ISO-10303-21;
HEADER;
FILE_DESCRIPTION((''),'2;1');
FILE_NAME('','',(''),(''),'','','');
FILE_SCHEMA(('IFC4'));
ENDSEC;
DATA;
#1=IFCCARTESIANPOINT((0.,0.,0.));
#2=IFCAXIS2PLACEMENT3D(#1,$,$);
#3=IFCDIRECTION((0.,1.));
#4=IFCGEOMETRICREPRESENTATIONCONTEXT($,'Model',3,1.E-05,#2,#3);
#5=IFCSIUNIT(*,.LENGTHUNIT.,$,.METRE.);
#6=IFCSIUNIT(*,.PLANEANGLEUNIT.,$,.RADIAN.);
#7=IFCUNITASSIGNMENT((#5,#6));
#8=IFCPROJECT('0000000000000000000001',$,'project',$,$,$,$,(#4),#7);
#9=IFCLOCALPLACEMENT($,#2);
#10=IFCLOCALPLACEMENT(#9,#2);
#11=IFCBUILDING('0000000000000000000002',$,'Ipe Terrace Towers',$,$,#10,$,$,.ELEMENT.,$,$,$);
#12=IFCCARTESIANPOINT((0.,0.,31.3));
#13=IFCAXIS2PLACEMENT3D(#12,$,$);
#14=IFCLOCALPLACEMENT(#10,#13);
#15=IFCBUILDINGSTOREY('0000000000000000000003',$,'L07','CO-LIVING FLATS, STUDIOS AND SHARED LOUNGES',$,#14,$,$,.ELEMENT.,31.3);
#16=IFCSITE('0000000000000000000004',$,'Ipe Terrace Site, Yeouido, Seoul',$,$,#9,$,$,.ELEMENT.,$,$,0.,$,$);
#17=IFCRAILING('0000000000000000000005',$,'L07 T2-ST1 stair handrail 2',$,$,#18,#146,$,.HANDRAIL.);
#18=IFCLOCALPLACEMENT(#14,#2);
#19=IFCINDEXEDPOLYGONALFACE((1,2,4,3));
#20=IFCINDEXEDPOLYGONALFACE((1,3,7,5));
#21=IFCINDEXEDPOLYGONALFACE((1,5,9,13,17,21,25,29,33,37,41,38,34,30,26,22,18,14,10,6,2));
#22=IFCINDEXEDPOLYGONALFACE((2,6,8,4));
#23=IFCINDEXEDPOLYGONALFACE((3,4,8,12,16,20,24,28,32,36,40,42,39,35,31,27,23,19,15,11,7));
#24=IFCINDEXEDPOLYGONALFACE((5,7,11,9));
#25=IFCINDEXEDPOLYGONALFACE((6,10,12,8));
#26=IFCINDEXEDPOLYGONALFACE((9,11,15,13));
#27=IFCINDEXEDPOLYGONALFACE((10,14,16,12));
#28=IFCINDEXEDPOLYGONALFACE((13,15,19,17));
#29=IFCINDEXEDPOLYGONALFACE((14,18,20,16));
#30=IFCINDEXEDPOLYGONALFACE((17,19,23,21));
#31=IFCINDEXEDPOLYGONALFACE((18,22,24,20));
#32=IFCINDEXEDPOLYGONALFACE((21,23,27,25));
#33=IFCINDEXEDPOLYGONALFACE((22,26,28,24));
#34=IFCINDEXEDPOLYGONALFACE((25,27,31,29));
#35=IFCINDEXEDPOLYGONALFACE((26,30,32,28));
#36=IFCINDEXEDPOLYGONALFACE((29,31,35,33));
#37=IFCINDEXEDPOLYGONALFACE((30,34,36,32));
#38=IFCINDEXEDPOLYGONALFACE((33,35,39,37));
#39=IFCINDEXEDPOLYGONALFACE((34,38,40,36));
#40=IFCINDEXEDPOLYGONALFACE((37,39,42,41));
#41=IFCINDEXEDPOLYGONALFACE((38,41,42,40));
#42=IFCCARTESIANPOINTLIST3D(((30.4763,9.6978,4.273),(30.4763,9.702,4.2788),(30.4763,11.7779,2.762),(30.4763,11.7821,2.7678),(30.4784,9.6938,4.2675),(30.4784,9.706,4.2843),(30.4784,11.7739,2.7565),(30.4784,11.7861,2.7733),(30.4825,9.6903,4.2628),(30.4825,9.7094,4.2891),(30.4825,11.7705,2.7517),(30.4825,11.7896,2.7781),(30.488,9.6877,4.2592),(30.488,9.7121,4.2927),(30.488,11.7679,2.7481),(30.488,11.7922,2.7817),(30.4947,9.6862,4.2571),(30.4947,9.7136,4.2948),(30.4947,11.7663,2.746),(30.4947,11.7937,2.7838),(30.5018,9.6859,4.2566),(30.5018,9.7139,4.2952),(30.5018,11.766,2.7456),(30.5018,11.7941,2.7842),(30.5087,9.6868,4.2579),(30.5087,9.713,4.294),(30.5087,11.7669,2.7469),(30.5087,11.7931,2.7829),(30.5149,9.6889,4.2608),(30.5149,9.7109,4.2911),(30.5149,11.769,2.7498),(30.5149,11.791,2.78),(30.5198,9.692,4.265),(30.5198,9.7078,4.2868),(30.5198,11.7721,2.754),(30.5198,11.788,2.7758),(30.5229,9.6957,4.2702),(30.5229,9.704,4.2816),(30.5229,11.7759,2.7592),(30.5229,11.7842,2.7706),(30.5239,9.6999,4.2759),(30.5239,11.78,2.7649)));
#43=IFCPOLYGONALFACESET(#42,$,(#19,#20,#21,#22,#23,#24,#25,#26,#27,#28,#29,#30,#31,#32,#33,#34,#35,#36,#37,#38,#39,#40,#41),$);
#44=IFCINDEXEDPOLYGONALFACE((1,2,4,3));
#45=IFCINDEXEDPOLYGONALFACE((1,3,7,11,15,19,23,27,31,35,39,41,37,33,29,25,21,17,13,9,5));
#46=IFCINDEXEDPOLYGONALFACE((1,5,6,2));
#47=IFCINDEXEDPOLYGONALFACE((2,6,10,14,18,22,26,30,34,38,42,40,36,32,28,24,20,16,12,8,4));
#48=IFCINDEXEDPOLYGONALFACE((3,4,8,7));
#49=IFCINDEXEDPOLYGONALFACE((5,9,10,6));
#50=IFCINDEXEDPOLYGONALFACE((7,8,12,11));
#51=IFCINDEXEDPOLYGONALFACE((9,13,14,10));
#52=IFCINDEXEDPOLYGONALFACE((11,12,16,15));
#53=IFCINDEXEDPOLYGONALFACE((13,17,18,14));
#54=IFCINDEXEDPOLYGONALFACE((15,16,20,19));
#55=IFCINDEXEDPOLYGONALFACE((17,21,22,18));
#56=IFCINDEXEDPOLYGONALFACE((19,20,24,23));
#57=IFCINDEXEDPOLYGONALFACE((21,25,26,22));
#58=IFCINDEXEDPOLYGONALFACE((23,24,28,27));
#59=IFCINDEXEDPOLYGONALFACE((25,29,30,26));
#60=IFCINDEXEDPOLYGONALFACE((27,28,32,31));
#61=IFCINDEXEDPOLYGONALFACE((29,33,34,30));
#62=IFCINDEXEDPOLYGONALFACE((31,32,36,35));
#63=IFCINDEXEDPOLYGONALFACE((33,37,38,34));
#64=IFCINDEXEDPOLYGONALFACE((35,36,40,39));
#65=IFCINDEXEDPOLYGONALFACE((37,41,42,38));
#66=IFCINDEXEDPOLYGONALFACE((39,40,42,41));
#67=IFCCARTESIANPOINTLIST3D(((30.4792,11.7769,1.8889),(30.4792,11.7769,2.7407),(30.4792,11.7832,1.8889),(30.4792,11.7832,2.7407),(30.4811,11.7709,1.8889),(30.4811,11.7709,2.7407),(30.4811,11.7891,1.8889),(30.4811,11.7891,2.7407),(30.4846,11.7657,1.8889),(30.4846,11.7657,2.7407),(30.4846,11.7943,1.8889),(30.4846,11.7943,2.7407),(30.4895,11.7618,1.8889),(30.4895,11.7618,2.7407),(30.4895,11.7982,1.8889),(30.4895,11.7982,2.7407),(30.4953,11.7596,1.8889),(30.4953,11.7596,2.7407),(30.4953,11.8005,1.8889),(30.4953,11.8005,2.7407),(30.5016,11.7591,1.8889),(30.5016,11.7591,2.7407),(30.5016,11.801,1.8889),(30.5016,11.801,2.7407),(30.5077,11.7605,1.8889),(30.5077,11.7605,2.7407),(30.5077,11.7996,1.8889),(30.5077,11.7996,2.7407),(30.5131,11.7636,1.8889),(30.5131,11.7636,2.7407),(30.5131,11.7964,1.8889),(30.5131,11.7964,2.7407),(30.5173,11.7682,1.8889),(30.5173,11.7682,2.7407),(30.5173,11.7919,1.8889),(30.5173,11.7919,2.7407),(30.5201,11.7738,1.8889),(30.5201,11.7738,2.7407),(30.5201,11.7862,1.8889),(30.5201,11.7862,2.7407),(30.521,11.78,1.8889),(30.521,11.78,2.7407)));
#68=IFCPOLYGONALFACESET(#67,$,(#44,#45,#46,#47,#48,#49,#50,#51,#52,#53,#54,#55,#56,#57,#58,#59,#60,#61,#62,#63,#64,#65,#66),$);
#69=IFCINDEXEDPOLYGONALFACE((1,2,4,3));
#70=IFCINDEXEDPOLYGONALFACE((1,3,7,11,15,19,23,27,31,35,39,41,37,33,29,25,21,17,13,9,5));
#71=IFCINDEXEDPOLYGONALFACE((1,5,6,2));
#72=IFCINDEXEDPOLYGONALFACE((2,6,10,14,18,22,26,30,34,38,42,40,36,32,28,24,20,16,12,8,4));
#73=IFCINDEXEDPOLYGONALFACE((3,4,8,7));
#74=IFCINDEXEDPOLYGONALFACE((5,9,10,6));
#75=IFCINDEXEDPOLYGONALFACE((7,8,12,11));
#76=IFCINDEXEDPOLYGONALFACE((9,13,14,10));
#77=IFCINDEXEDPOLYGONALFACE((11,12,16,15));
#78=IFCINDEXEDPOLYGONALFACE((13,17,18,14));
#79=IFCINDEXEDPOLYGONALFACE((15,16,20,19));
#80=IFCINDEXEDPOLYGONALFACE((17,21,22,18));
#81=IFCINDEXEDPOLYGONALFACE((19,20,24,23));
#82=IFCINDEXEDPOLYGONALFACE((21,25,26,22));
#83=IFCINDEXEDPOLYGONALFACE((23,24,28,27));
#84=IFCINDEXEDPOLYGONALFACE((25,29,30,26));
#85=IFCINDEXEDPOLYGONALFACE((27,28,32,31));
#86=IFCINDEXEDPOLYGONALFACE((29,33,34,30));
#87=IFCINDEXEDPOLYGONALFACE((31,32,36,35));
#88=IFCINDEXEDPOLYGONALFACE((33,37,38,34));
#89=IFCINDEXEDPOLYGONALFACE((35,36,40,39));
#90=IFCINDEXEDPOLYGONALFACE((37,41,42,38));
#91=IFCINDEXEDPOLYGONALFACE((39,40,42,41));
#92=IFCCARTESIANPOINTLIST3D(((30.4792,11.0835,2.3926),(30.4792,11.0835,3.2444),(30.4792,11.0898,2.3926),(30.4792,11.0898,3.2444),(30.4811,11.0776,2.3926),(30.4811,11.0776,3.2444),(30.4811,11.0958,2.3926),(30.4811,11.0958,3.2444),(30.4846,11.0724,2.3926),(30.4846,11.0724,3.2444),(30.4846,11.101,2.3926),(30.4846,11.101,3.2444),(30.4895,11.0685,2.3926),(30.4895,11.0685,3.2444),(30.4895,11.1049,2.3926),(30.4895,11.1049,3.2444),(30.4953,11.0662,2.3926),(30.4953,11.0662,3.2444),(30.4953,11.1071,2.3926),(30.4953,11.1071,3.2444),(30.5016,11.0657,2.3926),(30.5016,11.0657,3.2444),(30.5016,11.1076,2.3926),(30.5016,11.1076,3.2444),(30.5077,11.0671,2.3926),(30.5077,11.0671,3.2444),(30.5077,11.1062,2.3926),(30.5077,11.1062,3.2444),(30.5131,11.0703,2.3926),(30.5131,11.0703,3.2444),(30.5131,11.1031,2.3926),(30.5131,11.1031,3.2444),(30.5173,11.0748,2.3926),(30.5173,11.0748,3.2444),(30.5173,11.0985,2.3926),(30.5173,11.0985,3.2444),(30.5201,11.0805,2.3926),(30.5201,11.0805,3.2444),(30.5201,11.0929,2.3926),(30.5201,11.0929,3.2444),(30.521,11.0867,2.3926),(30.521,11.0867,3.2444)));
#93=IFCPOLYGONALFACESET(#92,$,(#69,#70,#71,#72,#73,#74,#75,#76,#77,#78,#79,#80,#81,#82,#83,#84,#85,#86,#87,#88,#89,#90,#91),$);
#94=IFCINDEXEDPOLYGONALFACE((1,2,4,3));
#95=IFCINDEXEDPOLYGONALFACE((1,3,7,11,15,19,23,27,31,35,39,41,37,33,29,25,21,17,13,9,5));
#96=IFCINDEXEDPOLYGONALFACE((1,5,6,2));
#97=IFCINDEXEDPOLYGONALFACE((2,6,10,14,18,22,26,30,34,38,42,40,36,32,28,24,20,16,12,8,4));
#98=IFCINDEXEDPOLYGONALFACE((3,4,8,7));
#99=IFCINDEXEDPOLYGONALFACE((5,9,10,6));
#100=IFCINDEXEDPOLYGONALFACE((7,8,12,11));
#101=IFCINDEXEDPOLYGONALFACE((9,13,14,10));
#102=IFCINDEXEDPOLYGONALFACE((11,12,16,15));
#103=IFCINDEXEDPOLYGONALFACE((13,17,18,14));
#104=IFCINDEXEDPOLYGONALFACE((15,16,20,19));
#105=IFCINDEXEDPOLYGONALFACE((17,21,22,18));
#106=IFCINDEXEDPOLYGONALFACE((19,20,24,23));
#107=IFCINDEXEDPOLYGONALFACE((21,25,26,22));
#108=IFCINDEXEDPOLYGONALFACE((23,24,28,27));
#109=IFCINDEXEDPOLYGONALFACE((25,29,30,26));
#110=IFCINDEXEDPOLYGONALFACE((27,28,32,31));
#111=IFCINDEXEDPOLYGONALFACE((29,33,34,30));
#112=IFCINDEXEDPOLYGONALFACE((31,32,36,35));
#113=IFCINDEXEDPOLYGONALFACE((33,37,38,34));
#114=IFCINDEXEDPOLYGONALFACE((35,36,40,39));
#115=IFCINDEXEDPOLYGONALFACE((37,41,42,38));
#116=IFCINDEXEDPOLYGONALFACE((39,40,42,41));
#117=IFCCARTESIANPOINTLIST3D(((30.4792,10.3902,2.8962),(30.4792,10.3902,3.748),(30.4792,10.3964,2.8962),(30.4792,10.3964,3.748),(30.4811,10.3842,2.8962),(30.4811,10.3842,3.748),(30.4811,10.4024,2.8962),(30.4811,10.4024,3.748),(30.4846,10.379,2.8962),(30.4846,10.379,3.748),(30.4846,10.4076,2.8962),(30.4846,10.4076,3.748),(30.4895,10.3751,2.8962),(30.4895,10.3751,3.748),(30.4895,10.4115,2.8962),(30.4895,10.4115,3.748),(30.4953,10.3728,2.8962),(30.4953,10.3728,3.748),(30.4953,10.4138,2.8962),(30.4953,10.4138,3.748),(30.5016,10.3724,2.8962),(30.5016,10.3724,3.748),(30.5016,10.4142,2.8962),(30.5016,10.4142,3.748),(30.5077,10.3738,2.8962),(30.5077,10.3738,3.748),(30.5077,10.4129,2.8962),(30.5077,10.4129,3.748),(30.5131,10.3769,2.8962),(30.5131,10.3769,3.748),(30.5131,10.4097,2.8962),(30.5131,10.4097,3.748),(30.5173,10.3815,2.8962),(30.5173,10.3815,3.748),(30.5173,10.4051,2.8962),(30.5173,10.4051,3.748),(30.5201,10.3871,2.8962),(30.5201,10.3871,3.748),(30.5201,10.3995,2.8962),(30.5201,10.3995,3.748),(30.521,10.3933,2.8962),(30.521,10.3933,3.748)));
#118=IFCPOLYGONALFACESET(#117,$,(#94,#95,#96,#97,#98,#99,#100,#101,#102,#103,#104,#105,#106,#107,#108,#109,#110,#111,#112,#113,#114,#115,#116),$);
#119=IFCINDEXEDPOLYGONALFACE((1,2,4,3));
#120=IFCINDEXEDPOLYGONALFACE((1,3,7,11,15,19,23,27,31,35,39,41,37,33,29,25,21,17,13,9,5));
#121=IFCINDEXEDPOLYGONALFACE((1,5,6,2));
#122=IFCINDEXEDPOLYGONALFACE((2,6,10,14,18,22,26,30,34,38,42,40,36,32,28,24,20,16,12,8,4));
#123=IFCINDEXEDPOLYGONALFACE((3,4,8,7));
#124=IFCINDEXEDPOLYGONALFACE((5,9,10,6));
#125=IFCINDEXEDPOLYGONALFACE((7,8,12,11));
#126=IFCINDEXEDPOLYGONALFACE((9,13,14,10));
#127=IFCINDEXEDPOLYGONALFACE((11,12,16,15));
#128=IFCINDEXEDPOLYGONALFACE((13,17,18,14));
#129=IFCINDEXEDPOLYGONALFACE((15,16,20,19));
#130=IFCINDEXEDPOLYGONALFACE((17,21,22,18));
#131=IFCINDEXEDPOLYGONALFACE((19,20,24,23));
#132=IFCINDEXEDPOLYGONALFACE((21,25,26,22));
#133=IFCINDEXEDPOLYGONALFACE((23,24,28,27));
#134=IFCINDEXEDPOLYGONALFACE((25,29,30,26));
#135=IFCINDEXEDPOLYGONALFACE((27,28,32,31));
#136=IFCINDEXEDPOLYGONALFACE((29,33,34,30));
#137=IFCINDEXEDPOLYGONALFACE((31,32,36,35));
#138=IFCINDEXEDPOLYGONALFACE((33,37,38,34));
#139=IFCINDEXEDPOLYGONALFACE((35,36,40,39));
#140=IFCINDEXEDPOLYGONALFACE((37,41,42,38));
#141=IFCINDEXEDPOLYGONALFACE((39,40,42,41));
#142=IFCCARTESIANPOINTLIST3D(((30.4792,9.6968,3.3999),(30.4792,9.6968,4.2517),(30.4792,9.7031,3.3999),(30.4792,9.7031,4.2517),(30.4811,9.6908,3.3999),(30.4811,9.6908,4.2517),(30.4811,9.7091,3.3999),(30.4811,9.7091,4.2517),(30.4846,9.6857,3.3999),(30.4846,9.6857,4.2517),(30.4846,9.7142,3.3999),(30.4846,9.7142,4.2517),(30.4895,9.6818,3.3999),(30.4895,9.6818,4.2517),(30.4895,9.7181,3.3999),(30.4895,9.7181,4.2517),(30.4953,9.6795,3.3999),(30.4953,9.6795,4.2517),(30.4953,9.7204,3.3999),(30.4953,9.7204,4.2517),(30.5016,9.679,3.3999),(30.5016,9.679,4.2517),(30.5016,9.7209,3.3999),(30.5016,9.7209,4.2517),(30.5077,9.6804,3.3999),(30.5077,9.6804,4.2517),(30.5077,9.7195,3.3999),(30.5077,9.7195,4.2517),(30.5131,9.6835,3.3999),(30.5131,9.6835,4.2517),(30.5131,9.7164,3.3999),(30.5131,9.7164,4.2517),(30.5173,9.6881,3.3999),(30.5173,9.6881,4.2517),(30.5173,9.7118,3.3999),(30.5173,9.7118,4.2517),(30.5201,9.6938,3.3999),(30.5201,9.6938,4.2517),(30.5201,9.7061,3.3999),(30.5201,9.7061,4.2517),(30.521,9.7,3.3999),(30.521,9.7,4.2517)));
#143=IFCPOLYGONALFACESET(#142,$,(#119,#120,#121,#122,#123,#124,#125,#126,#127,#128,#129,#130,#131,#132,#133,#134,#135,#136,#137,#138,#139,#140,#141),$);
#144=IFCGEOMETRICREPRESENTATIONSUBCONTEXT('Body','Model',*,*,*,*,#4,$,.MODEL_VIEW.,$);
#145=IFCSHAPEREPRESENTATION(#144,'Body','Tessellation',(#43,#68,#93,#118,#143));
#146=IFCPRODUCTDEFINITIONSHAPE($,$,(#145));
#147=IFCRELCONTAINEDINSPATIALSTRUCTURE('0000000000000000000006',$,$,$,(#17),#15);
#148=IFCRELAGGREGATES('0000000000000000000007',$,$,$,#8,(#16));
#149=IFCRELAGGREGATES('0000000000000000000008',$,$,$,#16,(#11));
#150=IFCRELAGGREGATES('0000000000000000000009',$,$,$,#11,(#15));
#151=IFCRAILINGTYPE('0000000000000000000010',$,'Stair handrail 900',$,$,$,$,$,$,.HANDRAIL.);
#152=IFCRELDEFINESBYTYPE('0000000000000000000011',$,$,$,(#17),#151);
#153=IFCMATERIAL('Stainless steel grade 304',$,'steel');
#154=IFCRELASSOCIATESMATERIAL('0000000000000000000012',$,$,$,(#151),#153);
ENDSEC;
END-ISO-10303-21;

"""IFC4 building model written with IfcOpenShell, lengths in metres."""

from ifc_helpers import new_model, si_unit, direction, frame, origin, origin_2d, place, context, subcontext, project, spatial, circle, extrude, material, type_object, element, save


model = new_model("IFC4")

# Units and contexts
model_context = context("Model", 3, precision=1e-05, world=origin(), true_north=direction((0.0, 1.0)))
body_context = subcontext(model_context, "Body", "Model", "MODEL_VIEW")
ifc_project = project(units=[si_unit("LENGTHUNIT", "METRE"), si_unit("PLANEANGLEUNIT", "RADIAN")], contexts=[model_context])

# Site, building, storey
site_placement = place(None, origin())
site = spatial("IfcSite", under=ifc_project, at=site_placement, Name="Ipe Terrace Site, Yeouido, Seoul", CompositionType="ELEMENT", RefElevation=0.0)
building_placement = place(site_placement, origin())
building = spatial("IfcBuilding", under=site, at=building_placement, Name="Ipe Terrace Towers", CompositionType="ELEMENT")
storey_placement = place(building_placement, frame((0.0, 0.0, 31.3)))
storey = spatial("IfcBuildingStorey", under=building, at=storey_placement, Name="L07", Description="CO-LIVING FLATS, STUDIOS AND SHARED LOUNGES", CompositionType="ELEMENT", Elevation=31.3)

# Railing
ifc_material_1 = material(Name="Stainless steel grade 304", Category="steel")
railing_type_1 = type_object("IfcRailingType", Name="Stair handrail 900", PredefinedType="HANDRAIL", material=ifc_material_1)
railing_1_placement = place(storey_placement, frame((30.5, 11.78, 1.8889)))
element("IfcRailing", 1, at=railing_1_placement, inside=storey, type_object=railing_type_1, Name="L07 T2-ST1 stair handrail 2", PredefinedType="HANDRAIL", context=body_context, shape_type="SweptSolid", body=[
    extrude(circle(Radius=0.0239, at=origin_2d()), frame((0.0, 0.0, 0.876), z_axis=(0.0, -0.809069, 0.587714), x_axis=(1.0, 0.0, 0.0)), (0.0, 0.0, 1.0), 2.571),
    extrude(circle(Radius=0.021, at=origin_2d()), origin(), (0.0, 0.0, 1.0), 0.8518),
    extrude(circle(Radius=0.021, at=origin_2d()), frame((0.0, -0.6934, 0.5037)), (0.0, 0.0, 1.0), 0.8518),
    extrude(circle(Radius=0.021, at=origin_2d()), frame((0.0, -1.3867, 1.0073)), (0.0, 0.0, 1.0), 0.8518),
    extrude(circle(Radius=0.021, at=origin_2d()), frame((0.0, -2.0801, 1.511)), (0.0, 0.0, 1.0), 0.8518),
])

save(model, "model.ifc")
